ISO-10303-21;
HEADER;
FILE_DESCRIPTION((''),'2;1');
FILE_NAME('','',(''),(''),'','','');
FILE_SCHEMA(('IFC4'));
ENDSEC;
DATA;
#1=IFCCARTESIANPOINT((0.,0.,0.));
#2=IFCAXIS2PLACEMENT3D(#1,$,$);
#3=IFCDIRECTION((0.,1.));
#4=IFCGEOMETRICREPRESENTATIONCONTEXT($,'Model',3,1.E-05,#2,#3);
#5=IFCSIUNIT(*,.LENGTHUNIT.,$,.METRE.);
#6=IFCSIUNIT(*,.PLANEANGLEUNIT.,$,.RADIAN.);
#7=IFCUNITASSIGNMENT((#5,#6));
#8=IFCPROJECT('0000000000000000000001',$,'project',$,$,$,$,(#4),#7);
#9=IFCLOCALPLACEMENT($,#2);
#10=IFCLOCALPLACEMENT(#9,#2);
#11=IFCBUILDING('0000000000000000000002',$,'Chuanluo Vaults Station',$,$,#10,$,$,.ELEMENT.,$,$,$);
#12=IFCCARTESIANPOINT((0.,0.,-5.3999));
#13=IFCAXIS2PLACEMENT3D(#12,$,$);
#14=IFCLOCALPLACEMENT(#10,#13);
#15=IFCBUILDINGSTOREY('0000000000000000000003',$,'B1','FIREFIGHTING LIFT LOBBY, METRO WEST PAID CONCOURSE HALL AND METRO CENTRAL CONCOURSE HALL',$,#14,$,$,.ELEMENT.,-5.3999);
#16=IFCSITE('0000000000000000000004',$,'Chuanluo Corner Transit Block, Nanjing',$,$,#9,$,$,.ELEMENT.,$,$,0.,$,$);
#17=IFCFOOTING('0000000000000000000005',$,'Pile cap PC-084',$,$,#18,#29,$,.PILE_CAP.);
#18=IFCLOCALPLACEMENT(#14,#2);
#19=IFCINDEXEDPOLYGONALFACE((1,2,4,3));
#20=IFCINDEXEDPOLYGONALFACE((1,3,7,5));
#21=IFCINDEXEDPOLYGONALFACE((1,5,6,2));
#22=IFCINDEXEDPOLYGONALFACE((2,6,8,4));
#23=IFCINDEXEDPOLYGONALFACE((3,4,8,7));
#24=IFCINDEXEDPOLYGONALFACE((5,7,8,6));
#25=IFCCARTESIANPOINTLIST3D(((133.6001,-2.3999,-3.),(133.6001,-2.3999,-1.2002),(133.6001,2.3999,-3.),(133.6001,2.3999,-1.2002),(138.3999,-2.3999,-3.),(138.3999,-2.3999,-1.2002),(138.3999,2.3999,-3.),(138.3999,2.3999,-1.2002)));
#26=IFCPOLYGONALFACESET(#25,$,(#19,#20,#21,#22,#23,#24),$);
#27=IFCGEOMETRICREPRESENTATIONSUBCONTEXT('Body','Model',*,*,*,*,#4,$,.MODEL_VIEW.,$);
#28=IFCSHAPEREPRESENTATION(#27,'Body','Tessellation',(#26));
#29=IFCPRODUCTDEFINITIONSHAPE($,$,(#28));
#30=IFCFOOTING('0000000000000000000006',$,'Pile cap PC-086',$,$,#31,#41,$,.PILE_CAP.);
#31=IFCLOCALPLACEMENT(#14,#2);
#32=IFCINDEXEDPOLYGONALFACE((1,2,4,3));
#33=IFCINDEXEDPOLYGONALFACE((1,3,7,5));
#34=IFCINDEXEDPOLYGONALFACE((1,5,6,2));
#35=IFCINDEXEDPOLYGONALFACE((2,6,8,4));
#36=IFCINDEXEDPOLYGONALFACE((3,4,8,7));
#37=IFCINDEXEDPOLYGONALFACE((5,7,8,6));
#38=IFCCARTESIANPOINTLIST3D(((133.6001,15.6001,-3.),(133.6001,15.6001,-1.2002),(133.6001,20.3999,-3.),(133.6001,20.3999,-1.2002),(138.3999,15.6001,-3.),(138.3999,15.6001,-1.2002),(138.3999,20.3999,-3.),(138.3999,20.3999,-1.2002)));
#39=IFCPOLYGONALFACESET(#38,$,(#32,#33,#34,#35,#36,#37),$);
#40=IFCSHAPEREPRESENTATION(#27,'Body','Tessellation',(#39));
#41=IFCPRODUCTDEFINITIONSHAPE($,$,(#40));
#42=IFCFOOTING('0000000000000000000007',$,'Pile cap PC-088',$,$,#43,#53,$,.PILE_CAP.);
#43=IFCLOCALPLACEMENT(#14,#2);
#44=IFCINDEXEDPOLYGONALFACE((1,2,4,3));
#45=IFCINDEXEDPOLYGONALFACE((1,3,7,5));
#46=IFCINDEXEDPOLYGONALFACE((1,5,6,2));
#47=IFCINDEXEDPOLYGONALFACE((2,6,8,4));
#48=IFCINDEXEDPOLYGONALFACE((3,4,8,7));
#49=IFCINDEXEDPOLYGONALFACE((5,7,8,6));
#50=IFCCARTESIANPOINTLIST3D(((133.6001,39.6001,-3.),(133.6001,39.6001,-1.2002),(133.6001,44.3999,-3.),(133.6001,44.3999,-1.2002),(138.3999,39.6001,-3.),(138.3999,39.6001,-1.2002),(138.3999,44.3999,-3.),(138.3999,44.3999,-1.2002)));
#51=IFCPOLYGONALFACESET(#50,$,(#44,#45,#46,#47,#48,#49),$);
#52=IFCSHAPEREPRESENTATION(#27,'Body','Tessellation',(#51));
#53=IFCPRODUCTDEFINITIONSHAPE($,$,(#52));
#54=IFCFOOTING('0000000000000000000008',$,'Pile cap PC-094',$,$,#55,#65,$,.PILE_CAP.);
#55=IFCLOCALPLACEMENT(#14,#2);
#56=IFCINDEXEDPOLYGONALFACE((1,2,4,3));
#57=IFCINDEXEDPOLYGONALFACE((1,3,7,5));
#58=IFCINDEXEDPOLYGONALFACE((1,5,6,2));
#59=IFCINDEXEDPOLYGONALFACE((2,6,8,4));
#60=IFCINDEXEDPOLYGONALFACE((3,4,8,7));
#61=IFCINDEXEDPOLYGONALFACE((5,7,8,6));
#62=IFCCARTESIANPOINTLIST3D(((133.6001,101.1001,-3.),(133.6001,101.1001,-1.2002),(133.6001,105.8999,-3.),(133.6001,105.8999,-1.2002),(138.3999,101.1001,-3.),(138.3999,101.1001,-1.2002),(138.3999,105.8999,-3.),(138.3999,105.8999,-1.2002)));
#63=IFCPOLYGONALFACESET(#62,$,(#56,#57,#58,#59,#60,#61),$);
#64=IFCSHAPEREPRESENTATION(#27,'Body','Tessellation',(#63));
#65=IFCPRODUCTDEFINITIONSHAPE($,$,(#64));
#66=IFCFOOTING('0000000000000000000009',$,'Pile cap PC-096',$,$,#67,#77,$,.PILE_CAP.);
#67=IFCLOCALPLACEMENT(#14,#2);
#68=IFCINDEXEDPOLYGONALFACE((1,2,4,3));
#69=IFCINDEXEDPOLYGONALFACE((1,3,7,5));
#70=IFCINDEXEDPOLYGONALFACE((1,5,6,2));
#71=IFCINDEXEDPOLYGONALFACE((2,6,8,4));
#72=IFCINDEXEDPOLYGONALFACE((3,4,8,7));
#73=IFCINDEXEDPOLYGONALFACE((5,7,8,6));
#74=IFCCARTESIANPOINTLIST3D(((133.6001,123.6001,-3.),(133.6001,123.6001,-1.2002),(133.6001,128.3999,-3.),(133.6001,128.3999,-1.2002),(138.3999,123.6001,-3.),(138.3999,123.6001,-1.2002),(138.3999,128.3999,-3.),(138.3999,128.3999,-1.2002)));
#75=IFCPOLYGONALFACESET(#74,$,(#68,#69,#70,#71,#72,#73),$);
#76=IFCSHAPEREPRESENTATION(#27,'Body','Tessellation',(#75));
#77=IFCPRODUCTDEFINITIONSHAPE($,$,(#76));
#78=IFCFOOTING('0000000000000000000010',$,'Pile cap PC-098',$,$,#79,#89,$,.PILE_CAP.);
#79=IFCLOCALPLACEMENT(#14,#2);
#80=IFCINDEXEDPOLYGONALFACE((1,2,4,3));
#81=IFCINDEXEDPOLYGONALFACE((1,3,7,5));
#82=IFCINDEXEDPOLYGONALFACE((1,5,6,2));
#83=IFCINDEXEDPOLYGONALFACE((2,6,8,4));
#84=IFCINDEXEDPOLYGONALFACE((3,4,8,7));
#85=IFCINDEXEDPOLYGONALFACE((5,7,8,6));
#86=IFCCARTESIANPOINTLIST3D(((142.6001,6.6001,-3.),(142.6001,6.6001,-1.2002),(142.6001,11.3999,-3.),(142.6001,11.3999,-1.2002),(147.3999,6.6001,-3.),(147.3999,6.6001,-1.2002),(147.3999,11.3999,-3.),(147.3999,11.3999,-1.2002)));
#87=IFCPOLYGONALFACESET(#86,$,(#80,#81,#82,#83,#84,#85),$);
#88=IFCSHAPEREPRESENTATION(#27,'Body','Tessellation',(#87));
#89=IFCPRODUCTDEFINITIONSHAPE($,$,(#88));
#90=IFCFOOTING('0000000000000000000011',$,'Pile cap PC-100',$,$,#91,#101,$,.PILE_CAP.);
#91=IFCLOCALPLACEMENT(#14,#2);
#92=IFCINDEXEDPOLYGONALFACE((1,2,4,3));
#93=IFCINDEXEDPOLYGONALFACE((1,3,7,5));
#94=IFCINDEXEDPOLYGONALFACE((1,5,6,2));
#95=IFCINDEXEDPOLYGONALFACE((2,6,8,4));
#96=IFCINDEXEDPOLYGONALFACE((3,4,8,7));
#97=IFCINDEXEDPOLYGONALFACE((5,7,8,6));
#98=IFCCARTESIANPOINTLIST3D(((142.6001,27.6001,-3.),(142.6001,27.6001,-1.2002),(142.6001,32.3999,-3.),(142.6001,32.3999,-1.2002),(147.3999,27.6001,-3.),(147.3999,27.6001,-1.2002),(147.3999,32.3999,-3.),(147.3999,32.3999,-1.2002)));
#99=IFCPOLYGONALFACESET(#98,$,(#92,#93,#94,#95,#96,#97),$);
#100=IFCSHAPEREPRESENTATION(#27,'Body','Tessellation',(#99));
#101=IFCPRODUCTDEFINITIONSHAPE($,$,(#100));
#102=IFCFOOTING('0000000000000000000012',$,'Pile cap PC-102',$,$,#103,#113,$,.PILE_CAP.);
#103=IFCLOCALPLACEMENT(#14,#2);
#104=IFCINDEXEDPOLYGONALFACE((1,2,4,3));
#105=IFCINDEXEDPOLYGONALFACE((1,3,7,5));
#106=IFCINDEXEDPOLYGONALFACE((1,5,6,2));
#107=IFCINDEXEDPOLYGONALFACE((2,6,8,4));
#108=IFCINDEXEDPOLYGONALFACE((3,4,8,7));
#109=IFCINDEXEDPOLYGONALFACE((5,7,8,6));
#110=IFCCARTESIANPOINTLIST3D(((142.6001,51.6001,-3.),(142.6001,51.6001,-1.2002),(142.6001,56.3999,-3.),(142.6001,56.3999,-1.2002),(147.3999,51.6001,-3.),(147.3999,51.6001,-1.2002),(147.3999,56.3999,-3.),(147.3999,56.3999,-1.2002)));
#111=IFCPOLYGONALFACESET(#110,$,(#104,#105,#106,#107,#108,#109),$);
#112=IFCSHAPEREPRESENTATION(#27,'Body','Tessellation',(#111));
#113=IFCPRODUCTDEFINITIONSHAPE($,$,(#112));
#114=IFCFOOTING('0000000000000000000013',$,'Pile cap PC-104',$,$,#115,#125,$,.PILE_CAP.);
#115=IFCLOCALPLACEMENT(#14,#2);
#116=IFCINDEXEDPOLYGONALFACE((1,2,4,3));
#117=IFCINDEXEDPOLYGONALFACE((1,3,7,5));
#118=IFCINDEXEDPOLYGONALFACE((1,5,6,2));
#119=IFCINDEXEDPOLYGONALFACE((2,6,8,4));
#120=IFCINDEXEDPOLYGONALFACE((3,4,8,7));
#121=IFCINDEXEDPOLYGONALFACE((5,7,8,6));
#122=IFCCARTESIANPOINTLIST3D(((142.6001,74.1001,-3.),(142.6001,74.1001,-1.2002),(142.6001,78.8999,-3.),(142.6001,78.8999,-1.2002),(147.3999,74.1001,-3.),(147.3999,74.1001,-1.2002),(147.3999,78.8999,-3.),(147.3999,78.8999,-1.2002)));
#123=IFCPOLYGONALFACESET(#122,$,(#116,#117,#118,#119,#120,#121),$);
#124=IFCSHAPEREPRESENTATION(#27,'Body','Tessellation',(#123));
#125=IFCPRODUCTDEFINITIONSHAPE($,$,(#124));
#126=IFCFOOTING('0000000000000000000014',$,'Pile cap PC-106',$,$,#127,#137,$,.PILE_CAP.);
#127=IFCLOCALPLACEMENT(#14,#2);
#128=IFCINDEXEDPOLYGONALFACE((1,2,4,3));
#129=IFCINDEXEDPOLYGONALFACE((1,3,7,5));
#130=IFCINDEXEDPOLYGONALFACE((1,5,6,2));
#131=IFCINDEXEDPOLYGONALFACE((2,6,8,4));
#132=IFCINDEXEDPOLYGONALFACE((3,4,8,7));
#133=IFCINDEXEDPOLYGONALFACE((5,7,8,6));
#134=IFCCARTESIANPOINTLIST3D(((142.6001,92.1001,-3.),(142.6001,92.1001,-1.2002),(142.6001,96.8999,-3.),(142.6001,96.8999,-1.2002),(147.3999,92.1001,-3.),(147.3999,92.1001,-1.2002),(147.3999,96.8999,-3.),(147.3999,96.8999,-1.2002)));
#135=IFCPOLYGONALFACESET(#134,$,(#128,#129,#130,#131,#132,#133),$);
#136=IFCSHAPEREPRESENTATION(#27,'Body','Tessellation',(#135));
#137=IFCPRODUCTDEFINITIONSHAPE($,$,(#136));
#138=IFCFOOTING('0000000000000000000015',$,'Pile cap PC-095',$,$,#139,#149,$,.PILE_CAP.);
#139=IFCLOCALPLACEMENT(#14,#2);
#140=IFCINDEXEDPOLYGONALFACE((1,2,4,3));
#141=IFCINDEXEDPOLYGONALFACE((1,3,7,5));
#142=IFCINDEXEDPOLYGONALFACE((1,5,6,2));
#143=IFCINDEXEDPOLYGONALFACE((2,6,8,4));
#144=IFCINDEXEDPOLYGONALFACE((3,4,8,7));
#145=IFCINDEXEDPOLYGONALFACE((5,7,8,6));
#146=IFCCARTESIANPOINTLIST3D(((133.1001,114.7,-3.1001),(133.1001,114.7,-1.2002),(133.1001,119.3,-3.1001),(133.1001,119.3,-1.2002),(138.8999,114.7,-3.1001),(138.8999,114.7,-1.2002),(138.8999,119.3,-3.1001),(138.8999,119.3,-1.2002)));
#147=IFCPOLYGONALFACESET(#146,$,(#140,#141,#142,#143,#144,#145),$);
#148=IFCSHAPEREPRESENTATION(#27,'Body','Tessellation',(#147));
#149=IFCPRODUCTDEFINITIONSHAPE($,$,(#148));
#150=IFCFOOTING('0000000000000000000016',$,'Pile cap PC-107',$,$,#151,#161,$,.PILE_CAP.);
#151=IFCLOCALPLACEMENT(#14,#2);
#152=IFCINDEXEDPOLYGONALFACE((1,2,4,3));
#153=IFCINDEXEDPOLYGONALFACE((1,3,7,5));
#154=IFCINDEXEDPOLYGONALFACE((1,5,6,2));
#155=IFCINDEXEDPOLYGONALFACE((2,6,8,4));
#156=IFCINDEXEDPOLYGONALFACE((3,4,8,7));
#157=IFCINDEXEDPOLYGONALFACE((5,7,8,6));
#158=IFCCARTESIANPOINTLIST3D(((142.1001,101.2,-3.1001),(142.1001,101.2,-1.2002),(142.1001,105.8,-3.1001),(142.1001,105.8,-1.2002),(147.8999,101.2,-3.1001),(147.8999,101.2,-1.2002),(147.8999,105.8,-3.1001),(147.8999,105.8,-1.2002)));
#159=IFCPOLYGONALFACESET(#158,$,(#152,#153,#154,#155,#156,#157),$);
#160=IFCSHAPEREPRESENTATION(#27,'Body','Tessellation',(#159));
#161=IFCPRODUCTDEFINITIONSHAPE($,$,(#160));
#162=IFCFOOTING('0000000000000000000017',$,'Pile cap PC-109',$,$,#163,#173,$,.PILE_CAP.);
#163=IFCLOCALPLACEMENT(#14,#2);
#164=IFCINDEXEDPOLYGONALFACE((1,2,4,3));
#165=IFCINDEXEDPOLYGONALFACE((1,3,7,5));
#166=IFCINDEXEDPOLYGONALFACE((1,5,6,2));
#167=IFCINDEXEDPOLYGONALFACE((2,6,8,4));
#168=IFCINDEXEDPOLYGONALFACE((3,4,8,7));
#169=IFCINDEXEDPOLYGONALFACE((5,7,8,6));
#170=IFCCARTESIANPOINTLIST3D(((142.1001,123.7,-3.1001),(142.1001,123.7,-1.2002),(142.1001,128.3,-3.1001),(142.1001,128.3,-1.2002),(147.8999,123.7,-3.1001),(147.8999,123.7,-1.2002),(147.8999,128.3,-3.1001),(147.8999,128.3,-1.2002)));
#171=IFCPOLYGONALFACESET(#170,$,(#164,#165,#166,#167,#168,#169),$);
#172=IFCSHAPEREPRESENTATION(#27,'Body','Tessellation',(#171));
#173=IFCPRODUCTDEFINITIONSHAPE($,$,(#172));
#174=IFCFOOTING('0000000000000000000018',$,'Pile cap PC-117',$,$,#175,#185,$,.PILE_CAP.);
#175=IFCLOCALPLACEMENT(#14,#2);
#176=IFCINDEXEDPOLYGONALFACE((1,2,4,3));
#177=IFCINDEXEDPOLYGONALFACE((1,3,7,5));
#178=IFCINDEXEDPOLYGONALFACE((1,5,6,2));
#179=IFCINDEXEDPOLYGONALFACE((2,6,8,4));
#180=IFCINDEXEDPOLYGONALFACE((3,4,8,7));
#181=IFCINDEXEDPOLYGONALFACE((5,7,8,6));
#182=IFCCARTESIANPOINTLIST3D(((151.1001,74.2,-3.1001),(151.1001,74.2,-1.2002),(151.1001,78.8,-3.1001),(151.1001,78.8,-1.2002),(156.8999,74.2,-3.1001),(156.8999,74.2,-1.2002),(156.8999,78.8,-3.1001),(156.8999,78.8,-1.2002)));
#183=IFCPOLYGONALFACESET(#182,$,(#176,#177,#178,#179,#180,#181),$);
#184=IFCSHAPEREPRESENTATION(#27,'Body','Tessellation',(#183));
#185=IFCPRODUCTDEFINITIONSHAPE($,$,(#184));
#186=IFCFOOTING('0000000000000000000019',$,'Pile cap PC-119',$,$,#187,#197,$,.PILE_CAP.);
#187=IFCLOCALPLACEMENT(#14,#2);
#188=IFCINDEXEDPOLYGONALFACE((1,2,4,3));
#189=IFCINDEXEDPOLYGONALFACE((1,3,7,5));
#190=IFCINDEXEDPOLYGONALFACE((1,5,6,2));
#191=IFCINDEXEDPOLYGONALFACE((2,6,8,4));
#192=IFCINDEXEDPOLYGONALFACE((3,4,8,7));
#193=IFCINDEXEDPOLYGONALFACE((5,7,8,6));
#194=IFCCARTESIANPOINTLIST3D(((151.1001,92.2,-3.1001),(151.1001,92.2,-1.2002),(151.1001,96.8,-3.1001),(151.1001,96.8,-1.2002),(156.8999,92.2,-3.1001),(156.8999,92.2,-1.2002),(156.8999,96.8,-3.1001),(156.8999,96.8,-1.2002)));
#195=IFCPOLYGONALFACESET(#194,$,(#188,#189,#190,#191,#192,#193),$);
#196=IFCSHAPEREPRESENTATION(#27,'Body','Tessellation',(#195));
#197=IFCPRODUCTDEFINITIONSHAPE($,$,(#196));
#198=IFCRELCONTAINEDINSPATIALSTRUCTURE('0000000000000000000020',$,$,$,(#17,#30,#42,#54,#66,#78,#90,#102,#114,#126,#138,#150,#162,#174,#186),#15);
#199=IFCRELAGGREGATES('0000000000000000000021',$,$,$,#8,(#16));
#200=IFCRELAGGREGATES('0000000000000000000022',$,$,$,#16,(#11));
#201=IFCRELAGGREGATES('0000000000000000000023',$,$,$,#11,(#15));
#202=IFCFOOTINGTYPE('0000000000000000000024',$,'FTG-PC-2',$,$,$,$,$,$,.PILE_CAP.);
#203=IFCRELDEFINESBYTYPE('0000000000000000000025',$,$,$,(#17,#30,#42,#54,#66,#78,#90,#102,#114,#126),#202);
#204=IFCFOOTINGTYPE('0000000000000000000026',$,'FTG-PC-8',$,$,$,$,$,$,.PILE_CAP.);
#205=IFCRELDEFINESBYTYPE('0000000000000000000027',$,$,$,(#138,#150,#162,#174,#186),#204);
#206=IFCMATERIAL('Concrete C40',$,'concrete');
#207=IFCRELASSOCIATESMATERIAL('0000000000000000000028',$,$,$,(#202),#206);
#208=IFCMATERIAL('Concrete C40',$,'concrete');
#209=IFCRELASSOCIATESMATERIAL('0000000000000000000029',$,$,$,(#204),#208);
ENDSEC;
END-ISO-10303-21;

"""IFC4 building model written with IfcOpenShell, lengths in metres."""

from ifc_helpers import new_model, si_unit, direction, frame, origin, place, context, subcontext, project, spatial, polyline, outline, extrude, material, type_object, element, save


model = new_model("IFC4")

# Units and contexts
model_context = context("Model", 3, precision=1e-05, world=origin(), true_north=direction((0.0, 1.0)))
body_context = subcontext(model_context, "Body", "Model", "MODEL_VIEW")
ifc_project = project(units=[si_unit("LENGTHUNIT", "METRE"), si_unit("PLANEANGLEUNIT", "RADIAN")], contexts=[model_context])

# Site, building, storey
site_placement = place(None, origin())
site = spatial("IfcSite", under=ifc_project, at=site_placement, Name="Chuanluo Corner Transit Block, Nanjing", CompositionType="ELEMENT", RefElevation=0.0)
building_placement = place(site_placement, origin())
building = spatial("IfcBuilding", under=site, at=building_placement, Name="Chuanluo Vaults Station", CompositionType="ELEMENT")
storey_placement = place(building_placement, frame((0.0, 0.0, -5.3999)))
storey = spatial("IfcBuildingStorey", under=building, at=storey_placement, Name="B1", Description="FIREFIGHTING LIFT LOBBY, METRO WEST PAID CONCOURSE HALL AND METRO CENTRAL CONCOURSE HALL", CompositionType="ELEMENT", Elevation=-5.3999)

# Footings
ifc_material_1 = material(Name="Concrete C40", Category="concrete")
footing_type_1 = type_object("IfcFootingType", Name="FTG-PC-2", PredefinedType="PILE_CAP", material=ifc_material_1)
footing_1_placement = place(storey_placement, frame((0.0, 0.0, -3.0)))
element("IfcFooting", 1, at=footing_1_placement, inside=storey, type_object=footing_type_1, Name="Pile cap PC-084", PredefinedType="PILE_CAP", context=body_context, shape_type="SweptSolid", body=[
    extrude(outline(polyline([(133.6001, -2.3999), (138.3999, -2.3999), (138.3999, 2.3999), (133.6001, 2.3999), (133.6001, -2.3999)])), origin(), (0.0, 0.0, 1.0), 1.7998),
])
footing_2_placement = place(storey_placement, frame((0.0, 0.0, -3.0)))
element("IfcFooting", 2, at=footing_2_placement, inside=storey, type_object=footing_type_1, Name="Pile cap PC-086", PredefinedType="PILE_CAP", context=body_context, shape_type="SweptSolid", body=[
    extrude(outline(polyline([(133.6001, 15.6001), (138.3999, 15.6001), (138.3999, 20.3999), (133.6001, 20.3999), (133.6001, 15.6001)])), origin(), (0.0, 0.0, 1.0), 1.7998),
])
footing_3_placement = place(storey_placement, frame((0.0, 0.0, -3.0)))
element("IfcFooting", 3, at=footing_3_placement, inside=storey, type_object=footing_type_1, Name="Pile cap PC-088", PredefinedType="PILE_CAP", context=body_context, shape_type="SweptSolid", body=[
    extrude(outline(polyline([(133.6001, 39.6001), (138.3999, 39.6001), (138.3999, 44.3999), (133.6001, 44.3999), (133.6001, 39.6001)])), origin(), (0.0, 0.0, 1.0), 1.7998),
])
footing_4_placement = place(storey_placement, frame((0.0, 0.0, -3.0)))
element("IfcFooting", 4, at=footing_4_placement, inside=storey, type_object=footing_type_1, Name="Pile cap PC-094", PredefinedType="PILE_CAP", context=body_context, shape_type="SweptSolid", body=[
    extrude(outline(polyline([(133.6001, 101.1001), (138.3999, 101.1001), (138.3999, 105.8999), (133.6001, 105.8999), (133.6001, 101.1001)])), origin(), (0.0, 0.0, 1.0), 1.7998),
])
footing_5_placement = place(storey_placement, frame((0.0, 0.0, -3.0)))
element("IfcFooting", 5, at=footing_5_placement, inside=storey, type_object=footing_type_1, Name="Pile cap PC-096", PredefinedType="PILE_CAP", context=body_context, shape_type="SweptSolid", body=[
    extrude(outline(polyline([(133.6001, 123.6001), (138.3999, 123.6001), (138.3999, 128.3999), (133.6001, 128.3999), (133.6001, 123.6001)])), origin(), (0.0, 0.0, 1.0), 1.7998),
])
footing_6_placement = place(storey_placement, frame((0.0, 0.0, -3.0)))
element("IfcFooting", 6, at=footing_6_placement, inside=storey, type_object=footing_type_1, Name="Pile cap PC-098", PredefinedType="PILE_CAP", context=body_context, shape_type="SweptSolid", body=[
    extrude(outline(polyline([(142.6001, 6.6001), (147.3999, 6.6001), (147.3999, 11.3999), (142.6001, 11.3999), (142.6001, 6.6001)])), origin(), (0.0, 0.0, 1.0), 1.7998),
])
footing_7_placement = place(storey_placement, frame((0.0, 0.0, -3.0)))
element("IfcFooting", 7, at=footing_7_placement, inside=storey, type_object=footing_type_1, Name="Pile cap PC-100", PredefinedType="PILE_CAP", context=body_context, shape_type="SweptSolid", body=[
    extrude(outline(polyline([(142.6001, 27.6001), (147.3999, 27.6001), (147.3999, 32.3999), (142.6001, 32.3999), (142.6001, 27.6001)])), origin(), (0.0, 0.0, 1.0), 1.7998),
])
footing_8_placement = place(storey_placement, frame((0.0, 0.0, -3.0)))
element("IfcFooting", 8, at=footing_8_placement, inside=storey, type_object=footing_type_1, Name="Pile cap PC-102", PredefinedType="PILE_CAP", context=body_context, shape_type="SweptSolid", body=[
    extrude(outline(polyline([(142.6001, 51.6001), (147.3999, 51.6001), (147.3999, 56.3999), (142.6001, 56.3999), (142.6001, 51.6001)])), origin(), (0.0, 0.0, 1.0), 1.7998),
])
footing_9_placement = place(storey_placement, frame((0.0, 0.0, -3.0)))
element("IfcFooting", 9, at=footing_9_placement, inside=storey, type_object=footing_type_1, Name="Pile cap PC-104", PredefinedType="PILE_CAP", context=body_context, shape_type="SweptSolid", body=[
    extrude(outline(polyline([(142.6001, 74.1001), (147.3999, 74.1001), (147.3999, 78.8999), (142.6001, 78.8999), (142.6001, 74.1001)])), origin(), (0.0, 0.0, 1.0), 1.7998),
])
footing_10_placement = place(storey_placement, frame((0.0, 0.0, -3.0)))
element("IfcFooting", 10, at=footing_10_placement, inside=storey, type_object=footing_type_1, Name="Pile cap PC-106", PredefinedType="PILE_CAP", context=body_context, shape_type="SweptSolid", body=[
    extrude(outline(polyline([(142.6001, 92.1001), (147.3999, 92.1001), (147.3999, 96.8999), (142.6001, 96.8999), (142.6001, 92.1001)])), origin(), (0.0, 0.0, 1.0), 1.7998),
])
ifc_material_2 = material(Name="Concrete C40", Category="concrete")
footing_type_2 = type_object("IfcFootingType", Name="FTG-PC-8", PredefinedType="PILE_CAP", material=ifc_material_2)
footing_11_placement = place(storey_placement, frame((0.0, 0.0, -3.1001)))
element("IfcFooting", 11, at=footing_11_placement, inside=storey, type_object=footing_type_2, Name="Pile cap PC-095", PredefinedType="PILE_CAP", context=body_context, shape_type="SweptSolid", body=[
    extrude(outline(polyline([(133.1001, 114.7), (138.8999, 114.7), (138.8999, 119.3), (133.1001, 119.3), (133.1001, 114.7)])), origin(), (0.0, 0.0, 1.0), 1.8999),
])
footing_12_placement = place(storey_placement, frame((0.0, 0.0, -3.1001)))
element("IfcFooting", 12, at=footing_12_placement, inside=storey, type_object=footing_type_2, Name="Pile cap PC-107", PredefinedType="PILE_CAP", context=body_context, shape_type="SweptSolid", body=[
    extrude(outline(polyline([(142.1001, 101.2), (147.8999, 101.2), (147.8999, 105.8), (142.1001, 105.8), (142.1001, 101.2)])), origin(), (0.0, 0.0, 1.0), 1.8999),
])
footing_13_placement = place(storey_placement, frame((0.0, 0.0, -3.1001)))
element("IfcFooting", 13, at=footing_13_placement, inside=storey, type_object=footing_type_2, Name="Pile cap PC-109", PredefinedType="PILE_CAP", context=body_context, shape_type="SweptSolid", body=[
    extrude(outline(polyline([(142.1001, 123.7), (147.8999, 123.7), (147.8999, 128.3), (142.1001, 128.3), (142.1001, 123.7)])), origin(), (0.0, 0.0, 1.0), 1.8999),
])
footing_14_placement = place(storey_placement, frame((0.0, 0.0, -3.1001)))
element("IfcFooting", 14, at=footing_14_placement, inside=storey, type_object=footing_type_2, Name="Pile cap PC-117", PredefinedType="PILE_CAP", context=body_context, shape_type="SweptSolid", body=[
    extrude(outline(polyline([(151.1001, 74.2), (156.8999, 74.2), (156.8999, 78.8), (151.1001, 78.8), (151.1001, 74.2)])), origin(), (0.0, 0.0, 1.0), 1.8999),
])
footing_15_placement = place(storey_placement, frame((0.0, 0.0, -3.1001)))
element("IfcFooting", 15, at=footing_15_placement, inside=storey, type_object=footing_type_2, Name="Pile cap PC-119", PredefinedType="PILE_CAP", context=body_context, shape_type="SweptSolid", body=[
    extrude(outline(polyline([(151.1001, 92.2), (156.8999, 92.2), (156.8999, 96.8), (151.1001, 96.8), (151.1001, 92.2)])), origin(), (0.0, 0.0, 1.0), 1.8999),
])

save(model, "model.ifc")
